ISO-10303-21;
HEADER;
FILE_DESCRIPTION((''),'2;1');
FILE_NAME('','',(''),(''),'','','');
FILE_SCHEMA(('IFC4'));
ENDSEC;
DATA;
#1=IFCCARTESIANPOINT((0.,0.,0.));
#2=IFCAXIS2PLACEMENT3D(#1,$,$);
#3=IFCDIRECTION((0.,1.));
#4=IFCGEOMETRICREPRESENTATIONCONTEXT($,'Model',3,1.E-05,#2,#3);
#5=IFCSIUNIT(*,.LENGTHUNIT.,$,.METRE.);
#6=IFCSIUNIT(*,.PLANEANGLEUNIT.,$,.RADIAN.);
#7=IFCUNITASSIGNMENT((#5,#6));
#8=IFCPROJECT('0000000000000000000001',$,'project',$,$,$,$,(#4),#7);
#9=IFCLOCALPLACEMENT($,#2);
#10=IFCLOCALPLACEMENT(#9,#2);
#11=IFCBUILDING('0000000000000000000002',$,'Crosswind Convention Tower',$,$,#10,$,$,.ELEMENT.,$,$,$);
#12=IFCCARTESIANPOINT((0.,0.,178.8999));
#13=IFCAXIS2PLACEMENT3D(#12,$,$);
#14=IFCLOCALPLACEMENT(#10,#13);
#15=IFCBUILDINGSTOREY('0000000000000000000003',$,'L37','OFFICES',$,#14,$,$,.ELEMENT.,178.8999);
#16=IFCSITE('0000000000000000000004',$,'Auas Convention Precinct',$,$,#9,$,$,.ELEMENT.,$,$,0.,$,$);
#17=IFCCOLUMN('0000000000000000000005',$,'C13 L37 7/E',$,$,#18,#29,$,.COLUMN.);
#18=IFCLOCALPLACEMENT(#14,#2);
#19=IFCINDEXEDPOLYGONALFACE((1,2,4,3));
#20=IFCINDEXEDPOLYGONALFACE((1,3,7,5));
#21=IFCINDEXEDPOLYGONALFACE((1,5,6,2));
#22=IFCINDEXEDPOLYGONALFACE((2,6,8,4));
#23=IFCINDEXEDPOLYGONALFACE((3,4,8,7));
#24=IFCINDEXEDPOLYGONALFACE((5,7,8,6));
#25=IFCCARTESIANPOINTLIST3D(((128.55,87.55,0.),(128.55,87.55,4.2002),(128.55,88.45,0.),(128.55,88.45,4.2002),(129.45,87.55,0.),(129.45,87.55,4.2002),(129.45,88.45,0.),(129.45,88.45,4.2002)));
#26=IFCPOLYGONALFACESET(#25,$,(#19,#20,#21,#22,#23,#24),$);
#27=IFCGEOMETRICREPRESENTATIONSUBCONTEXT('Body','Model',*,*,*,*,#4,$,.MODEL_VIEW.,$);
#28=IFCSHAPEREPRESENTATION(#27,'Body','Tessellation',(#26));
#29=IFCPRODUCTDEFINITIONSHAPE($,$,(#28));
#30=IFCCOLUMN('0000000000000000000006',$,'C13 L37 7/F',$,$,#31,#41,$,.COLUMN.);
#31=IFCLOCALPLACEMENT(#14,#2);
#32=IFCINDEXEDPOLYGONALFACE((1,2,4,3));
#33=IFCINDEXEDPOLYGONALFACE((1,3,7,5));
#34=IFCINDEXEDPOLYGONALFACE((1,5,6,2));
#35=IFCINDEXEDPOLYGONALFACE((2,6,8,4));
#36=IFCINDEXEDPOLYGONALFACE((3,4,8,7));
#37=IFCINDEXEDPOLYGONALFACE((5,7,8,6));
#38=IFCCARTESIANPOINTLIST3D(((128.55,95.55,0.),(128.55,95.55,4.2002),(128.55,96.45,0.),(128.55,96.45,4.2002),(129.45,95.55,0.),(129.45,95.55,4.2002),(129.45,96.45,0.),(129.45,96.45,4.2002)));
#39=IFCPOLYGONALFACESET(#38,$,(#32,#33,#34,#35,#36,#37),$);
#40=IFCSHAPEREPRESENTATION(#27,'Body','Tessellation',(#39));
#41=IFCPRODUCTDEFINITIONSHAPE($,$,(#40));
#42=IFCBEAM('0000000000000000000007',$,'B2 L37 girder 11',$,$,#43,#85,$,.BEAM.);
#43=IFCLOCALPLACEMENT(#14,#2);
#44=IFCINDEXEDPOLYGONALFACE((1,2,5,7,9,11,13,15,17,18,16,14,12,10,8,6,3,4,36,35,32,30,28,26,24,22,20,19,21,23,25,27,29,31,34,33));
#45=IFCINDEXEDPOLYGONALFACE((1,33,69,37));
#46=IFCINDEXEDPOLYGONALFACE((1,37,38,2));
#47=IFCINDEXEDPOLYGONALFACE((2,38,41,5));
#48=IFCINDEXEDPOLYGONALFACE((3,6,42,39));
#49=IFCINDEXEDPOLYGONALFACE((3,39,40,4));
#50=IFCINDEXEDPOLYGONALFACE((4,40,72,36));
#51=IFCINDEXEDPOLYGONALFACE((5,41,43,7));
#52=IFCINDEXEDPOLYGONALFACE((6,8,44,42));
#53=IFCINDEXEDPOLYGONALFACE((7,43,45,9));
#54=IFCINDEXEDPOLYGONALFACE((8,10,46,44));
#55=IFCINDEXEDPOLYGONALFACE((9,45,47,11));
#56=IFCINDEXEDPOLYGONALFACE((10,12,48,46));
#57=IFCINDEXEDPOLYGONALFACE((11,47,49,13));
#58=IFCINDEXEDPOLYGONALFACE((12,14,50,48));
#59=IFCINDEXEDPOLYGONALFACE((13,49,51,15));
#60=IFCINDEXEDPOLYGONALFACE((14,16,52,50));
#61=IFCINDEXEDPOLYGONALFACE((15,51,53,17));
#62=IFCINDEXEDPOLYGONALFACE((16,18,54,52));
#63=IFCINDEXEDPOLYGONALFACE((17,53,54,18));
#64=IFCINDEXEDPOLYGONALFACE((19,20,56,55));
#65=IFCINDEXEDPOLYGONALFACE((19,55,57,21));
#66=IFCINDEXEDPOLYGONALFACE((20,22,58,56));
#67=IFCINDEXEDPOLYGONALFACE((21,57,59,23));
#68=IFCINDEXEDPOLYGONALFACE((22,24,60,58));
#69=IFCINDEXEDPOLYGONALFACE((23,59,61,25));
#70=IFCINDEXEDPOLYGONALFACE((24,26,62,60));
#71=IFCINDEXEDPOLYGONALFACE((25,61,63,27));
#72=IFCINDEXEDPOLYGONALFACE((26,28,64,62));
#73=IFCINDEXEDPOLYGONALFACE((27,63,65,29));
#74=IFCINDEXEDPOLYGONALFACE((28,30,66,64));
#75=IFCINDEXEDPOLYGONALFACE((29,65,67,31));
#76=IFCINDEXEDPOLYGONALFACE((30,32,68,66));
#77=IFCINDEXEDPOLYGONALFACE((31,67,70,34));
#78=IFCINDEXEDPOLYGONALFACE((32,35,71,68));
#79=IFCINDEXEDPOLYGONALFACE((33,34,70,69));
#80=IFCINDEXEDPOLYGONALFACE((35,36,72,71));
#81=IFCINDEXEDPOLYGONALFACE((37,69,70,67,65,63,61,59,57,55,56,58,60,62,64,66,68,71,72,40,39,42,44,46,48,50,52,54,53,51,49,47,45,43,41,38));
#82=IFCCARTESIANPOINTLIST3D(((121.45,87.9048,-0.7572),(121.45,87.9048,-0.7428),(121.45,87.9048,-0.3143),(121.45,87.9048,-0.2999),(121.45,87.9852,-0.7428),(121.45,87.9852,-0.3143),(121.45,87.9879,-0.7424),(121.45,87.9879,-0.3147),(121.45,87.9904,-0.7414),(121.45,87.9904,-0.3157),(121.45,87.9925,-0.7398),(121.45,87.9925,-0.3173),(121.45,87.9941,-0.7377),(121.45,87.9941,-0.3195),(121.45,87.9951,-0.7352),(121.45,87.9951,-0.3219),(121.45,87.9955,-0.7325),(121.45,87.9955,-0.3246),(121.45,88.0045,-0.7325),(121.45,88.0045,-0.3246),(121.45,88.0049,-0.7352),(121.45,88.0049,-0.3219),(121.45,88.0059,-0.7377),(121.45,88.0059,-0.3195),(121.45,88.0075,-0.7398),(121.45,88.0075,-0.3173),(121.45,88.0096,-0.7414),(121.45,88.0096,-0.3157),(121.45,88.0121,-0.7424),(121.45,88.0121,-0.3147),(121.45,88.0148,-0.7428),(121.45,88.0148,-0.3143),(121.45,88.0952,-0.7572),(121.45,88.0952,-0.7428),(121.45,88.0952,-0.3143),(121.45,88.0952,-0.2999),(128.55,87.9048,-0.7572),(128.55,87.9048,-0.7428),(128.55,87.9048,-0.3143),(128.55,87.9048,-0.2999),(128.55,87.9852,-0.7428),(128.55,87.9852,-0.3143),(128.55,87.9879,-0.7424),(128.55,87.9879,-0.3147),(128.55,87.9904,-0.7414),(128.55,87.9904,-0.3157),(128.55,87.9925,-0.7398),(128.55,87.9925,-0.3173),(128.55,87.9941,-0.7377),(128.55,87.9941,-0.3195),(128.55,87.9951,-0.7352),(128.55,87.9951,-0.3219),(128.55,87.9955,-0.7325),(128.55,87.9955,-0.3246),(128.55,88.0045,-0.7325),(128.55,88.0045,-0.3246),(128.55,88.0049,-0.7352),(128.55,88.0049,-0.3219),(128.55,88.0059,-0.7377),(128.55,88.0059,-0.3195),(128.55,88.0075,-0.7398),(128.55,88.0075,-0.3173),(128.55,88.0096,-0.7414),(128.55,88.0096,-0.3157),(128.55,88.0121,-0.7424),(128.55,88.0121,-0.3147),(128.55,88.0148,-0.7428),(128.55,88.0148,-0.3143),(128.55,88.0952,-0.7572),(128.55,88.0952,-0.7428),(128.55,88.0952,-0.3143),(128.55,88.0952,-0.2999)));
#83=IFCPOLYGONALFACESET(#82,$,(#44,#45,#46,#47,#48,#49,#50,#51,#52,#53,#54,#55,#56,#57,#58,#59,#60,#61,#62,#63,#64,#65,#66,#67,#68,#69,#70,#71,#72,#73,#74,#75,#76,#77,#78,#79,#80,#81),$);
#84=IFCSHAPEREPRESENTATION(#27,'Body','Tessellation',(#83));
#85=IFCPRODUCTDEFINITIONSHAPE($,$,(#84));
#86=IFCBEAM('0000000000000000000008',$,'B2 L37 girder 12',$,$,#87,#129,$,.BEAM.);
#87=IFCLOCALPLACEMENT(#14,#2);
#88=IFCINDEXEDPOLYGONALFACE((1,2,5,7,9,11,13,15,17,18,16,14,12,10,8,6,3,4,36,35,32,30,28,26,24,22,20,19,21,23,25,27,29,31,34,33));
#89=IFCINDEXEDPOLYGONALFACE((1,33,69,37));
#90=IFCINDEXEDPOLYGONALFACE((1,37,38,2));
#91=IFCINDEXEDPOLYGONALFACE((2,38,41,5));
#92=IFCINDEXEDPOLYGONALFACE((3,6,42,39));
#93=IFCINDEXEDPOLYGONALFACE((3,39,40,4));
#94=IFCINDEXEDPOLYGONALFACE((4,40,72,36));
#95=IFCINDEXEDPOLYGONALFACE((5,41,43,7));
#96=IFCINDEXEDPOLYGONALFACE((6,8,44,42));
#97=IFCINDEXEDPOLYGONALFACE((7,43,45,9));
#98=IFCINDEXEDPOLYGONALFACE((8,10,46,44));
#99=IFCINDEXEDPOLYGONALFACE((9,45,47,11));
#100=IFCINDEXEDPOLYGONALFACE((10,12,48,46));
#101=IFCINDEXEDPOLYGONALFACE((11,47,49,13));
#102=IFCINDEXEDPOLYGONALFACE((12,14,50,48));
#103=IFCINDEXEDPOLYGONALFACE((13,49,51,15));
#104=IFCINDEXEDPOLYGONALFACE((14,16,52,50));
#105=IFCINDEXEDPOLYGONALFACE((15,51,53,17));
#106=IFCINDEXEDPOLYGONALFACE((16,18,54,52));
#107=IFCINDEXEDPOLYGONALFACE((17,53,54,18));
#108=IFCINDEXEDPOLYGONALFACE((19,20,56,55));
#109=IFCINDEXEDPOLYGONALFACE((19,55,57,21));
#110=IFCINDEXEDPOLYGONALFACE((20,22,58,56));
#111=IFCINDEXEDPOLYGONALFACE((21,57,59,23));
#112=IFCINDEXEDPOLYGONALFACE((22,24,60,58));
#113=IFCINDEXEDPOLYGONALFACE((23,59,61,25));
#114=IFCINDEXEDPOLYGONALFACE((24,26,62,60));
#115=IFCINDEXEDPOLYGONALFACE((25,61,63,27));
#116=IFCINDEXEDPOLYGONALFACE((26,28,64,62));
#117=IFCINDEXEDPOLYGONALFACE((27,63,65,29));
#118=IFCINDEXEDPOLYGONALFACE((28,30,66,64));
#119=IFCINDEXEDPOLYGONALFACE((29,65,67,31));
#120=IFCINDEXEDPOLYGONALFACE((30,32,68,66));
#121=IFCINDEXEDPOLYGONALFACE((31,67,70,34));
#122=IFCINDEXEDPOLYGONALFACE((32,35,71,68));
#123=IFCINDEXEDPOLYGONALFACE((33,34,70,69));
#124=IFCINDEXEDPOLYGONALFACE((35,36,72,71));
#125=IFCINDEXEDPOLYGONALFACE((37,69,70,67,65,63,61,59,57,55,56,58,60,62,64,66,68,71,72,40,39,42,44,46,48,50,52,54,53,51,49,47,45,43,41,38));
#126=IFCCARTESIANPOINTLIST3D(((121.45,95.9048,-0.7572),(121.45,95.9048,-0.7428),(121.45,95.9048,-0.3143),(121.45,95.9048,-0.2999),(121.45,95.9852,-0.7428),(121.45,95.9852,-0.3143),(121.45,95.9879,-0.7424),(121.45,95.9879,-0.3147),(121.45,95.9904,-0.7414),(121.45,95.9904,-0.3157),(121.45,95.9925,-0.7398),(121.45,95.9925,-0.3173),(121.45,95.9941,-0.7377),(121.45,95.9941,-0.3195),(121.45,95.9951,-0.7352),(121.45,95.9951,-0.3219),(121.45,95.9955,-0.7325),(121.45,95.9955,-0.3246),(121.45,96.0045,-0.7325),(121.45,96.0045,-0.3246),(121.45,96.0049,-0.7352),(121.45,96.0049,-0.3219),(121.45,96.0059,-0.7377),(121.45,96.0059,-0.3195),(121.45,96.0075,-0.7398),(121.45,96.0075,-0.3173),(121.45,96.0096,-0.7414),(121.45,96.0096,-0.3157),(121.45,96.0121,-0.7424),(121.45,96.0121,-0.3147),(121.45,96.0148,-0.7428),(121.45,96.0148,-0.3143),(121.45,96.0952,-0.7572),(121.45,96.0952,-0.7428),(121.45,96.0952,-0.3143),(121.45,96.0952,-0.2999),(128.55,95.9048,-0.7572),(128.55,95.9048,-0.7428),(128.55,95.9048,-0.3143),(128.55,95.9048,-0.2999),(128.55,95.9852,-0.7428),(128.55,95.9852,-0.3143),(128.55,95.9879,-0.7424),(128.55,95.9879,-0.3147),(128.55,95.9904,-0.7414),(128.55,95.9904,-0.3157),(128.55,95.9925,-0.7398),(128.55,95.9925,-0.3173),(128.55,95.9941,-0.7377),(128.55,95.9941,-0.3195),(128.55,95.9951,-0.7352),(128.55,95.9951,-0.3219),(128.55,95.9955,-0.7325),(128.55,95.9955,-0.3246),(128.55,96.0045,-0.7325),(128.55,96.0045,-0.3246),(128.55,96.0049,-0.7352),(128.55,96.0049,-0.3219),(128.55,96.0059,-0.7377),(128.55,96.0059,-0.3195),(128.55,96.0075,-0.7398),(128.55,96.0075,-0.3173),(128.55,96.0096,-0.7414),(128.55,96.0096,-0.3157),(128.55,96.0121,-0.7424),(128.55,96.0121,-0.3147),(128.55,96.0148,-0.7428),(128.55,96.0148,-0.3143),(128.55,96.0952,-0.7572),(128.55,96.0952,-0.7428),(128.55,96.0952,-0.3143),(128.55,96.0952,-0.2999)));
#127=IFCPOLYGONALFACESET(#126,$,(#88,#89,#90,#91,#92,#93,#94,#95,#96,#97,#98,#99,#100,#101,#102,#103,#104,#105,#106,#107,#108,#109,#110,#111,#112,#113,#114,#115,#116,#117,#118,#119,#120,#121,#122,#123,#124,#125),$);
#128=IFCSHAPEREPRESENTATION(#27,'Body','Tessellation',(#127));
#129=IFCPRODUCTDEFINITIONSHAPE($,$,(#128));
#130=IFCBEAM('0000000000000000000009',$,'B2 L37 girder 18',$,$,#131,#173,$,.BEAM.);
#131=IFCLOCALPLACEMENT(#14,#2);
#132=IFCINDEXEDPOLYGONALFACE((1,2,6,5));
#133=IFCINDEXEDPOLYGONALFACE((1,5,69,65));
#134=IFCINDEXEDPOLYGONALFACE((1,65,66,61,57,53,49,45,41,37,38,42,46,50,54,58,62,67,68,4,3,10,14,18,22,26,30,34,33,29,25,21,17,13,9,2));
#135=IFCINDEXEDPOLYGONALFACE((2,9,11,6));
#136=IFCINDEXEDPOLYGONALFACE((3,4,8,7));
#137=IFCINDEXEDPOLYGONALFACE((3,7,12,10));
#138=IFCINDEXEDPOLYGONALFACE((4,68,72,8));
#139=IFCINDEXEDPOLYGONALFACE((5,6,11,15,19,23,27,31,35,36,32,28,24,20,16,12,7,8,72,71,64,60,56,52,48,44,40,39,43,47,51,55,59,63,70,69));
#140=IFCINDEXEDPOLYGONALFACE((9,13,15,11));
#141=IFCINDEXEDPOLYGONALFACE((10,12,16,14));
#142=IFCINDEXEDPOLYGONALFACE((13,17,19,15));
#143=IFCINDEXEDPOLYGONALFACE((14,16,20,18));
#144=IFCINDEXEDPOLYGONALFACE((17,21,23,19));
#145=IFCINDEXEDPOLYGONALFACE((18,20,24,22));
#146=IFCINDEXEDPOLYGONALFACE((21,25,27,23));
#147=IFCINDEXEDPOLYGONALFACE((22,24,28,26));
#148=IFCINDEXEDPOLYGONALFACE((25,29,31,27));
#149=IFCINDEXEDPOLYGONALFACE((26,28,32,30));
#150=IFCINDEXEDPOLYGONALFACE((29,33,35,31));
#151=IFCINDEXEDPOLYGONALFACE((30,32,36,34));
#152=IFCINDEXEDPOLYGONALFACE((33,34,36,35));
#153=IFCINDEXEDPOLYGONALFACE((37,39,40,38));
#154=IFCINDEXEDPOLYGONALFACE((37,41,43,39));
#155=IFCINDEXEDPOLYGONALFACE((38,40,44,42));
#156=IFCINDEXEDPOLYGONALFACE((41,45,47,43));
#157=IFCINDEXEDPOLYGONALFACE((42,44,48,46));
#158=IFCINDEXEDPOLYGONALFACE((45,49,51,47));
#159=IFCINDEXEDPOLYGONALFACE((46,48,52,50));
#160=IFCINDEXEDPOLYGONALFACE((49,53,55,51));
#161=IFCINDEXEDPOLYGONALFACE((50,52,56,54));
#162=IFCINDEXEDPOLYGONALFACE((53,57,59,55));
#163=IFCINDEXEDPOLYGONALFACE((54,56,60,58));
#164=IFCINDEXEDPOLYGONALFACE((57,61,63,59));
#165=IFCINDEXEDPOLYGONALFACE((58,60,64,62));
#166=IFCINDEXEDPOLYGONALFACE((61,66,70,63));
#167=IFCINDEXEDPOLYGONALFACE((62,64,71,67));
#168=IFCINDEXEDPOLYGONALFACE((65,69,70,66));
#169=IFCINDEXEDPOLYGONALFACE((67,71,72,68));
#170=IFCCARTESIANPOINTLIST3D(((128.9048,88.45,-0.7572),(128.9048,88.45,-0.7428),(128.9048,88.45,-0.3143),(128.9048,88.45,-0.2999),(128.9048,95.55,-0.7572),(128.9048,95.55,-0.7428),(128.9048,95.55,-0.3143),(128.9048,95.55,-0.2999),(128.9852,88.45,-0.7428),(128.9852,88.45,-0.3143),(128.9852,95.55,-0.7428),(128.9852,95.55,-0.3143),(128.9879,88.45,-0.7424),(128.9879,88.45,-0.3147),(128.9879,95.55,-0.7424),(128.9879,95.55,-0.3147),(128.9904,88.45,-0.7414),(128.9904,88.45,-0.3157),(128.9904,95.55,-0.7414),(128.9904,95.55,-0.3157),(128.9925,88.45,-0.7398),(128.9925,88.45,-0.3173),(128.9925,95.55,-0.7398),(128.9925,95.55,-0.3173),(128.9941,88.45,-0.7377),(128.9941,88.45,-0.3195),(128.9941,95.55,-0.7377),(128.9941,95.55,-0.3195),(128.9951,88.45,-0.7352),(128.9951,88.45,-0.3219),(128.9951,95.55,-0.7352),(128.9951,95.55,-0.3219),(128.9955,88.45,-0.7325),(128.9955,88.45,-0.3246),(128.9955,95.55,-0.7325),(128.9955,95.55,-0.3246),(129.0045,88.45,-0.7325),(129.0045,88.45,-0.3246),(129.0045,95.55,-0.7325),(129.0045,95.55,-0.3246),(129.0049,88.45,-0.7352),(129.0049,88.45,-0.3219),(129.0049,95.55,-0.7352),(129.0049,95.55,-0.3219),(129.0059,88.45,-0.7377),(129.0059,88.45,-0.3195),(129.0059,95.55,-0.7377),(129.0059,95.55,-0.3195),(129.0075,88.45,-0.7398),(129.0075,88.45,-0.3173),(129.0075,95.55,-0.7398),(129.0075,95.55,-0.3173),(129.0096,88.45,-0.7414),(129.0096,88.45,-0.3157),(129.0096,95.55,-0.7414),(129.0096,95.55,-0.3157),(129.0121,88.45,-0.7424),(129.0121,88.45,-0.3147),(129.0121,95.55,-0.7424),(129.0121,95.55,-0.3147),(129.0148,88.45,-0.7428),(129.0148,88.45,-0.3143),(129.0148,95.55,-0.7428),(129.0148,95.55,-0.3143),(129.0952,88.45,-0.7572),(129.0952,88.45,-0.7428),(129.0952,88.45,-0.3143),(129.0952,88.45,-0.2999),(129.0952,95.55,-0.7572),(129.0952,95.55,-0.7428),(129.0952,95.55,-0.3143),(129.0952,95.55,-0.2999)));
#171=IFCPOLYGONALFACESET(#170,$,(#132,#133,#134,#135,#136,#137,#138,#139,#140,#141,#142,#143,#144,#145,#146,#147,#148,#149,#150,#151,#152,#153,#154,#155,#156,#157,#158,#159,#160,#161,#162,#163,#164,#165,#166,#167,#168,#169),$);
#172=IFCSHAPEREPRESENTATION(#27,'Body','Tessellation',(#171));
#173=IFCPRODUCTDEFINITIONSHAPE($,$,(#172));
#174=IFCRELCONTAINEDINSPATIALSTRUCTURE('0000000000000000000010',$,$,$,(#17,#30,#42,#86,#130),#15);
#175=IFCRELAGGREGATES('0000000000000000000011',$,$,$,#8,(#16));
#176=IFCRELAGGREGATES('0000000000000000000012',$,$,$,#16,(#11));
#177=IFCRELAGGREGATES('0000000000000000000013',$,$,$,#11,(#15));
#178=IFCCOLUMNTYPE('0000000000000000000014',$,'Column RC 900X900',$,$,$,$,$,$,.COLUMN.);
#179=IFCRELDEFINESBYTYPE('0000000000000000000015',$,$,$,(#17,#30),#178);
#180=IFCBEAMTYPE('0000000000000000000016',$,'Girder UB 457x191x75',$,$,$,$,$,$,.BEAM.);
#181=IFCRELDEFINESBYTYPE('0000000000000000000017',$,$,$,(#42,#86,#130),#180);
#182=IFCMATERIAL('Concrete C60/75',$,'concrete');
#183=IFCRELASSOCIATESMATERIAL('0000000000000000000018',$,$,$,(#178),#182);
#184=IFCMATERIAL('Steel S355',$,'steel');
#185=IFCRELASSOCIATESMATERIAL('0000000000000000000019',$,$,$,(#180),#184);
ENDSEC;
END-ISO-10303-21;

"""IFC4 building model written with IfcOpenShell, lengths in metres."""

from ifc_helpers import new_model, si_unit, direction, frame, origin, origin_2d, place, context, subcontext, project, spatial, rectangle, i_section, extrude, material, material_profile, profile_set, type_object, element, save


model = new_model("IFC4")

# Units and contexts
model_context = context("Model", 3, precision=1e-05, world=origin(), true_north=direction((0.0, 1.0)))
body_context = subcontext(model_context, "Body", "Model", "MODEL_VIEW")
ifc_project = project(units=[si_unit("LENGTHUNIT", "METRE"), si_unit("PLANEANGLEUNIT", "RADIAN")], contexts=[model_context])

# Site, building, storey
site_placement = place(None, origin())
site = spatial("IfcSite", under=ifc_project, at=site_placement, Name="Auas Convention Precinct", CompositionType="ELEMENT", RefElevation=0.0)
building_placement = place(site_placement, origin())
building = spatial("IfcBuilding", under=site, at=building_placement, Name="Crosswind Convention Tower", CompositionType="ELEMENT")
storey_placement = place(building_placement, frame((0.0, 0.0, 178.8999)))
storey = spatial("IfcBuildingStorey", under=building, at=storey_placement, Name="L37", Description="OFFICES", CompositionType="ELEMENT", Elevation=178.8999)

# Columns
ifc_material_1 = material(Name="Concrete C60/75", Category="concrete")
ifc_material_profile_1 = material_profile(ifc_material_1, rectangle(XDim=0.8999, YDim=0.8999, at=origin_2d()), Name="RC 900X900")
ifc_profile_set_1 = profile_set([ifc_material_profile_1], Name="Concrete C60/75")
column_type = type_object("IfcColumnType", Name="Column RC 900X900", PredefinedType="COLUMN", material=ifc_profile_set_1)
for number, where, z_axis, x_axis, name in (
    (1, (129.0, 88.0, 0.0), (0.0, 0.0, 1.0), (1.0, 0.0, 0.0), "C13 L37 7/E"),
    (2, (129.0, 96.0, 0.0), (0.0, 0.0, 1.0), (1.0, 0.0, 0.0), "C13 L37 7/F"),
):
    element("IfcColumn", number, at=place(storey_placement, frame(where, z_axis=z_axis, x_axis=x_axis)), inside=storey, type_object=column_type, Name=name, PredefinedType="COLUMN", context=body_context, shape_type="SweptSolid", body=[
        extrude(rectangle(XDim=0.8999, YDim=0.8999, at=origin_2d()), origin(), (0.0, 0.0, 1.0), 4.2002),
    ])

# Beams
ifc_material_2 = material(Name="Steel S355", Category="steel")
ifc_material_profile_2 = material_profile(ifc_material_2, i_section(OverallWidth=0.1904, OverallDepth=0.4573, WebThickness=0.009, FlangeThickness=0.0144, FilletRadius=0.0103, at=origin_2d()), Name="UB 457x191x75")
ifc_profile_set_2 = profile_set([ifc_material_profile_2], Name="Steel S355")
beam_type_1 = type_object("IfcBeamType", Name="Girder UB 457x191x75", PredefinedType="BEAM", material=ifc_profile_set_2)
for number, where, z_axis, x_axis, name in (
    (3, (121.45, 88.0, -0.5286), (1.0, 0.0, 0.0), (0.0, 1.0, 0.0), "B2 L37 girder 11"),
    (4, (121.45, 96.0, -0.5286), (1.0, 0.0, 0.0), (0.0, 1.0, 0.0), "B2 L37 girder 12"),
    (5, (129.0, 88.45, -0.5286), (0.0, 1.0, 0.0), (-1.0, 0.0, 0.0), "B2 L37 girder 18"),
):
    element("IfcBeam", number, at=place(storey_placement, frame(where, z_axis=z_axis, x_axis=x_axis)), inside=storey, type_object=beam_type_1, Name=name, PredefinedType="BEAM", context=body_context, shape_type="SweptSolid", body=[
        extrude(i_section(OverallWidth=0.1904, OverallDepth=0.4573, WebThickness=0.009, FlangeThickness=0.0144, FilletRadius=0.0103, at=origin_2d()), origin(), (0.0, 0.0, 1.0), 7.1001),
    ])

save(model, "model.ifc")
